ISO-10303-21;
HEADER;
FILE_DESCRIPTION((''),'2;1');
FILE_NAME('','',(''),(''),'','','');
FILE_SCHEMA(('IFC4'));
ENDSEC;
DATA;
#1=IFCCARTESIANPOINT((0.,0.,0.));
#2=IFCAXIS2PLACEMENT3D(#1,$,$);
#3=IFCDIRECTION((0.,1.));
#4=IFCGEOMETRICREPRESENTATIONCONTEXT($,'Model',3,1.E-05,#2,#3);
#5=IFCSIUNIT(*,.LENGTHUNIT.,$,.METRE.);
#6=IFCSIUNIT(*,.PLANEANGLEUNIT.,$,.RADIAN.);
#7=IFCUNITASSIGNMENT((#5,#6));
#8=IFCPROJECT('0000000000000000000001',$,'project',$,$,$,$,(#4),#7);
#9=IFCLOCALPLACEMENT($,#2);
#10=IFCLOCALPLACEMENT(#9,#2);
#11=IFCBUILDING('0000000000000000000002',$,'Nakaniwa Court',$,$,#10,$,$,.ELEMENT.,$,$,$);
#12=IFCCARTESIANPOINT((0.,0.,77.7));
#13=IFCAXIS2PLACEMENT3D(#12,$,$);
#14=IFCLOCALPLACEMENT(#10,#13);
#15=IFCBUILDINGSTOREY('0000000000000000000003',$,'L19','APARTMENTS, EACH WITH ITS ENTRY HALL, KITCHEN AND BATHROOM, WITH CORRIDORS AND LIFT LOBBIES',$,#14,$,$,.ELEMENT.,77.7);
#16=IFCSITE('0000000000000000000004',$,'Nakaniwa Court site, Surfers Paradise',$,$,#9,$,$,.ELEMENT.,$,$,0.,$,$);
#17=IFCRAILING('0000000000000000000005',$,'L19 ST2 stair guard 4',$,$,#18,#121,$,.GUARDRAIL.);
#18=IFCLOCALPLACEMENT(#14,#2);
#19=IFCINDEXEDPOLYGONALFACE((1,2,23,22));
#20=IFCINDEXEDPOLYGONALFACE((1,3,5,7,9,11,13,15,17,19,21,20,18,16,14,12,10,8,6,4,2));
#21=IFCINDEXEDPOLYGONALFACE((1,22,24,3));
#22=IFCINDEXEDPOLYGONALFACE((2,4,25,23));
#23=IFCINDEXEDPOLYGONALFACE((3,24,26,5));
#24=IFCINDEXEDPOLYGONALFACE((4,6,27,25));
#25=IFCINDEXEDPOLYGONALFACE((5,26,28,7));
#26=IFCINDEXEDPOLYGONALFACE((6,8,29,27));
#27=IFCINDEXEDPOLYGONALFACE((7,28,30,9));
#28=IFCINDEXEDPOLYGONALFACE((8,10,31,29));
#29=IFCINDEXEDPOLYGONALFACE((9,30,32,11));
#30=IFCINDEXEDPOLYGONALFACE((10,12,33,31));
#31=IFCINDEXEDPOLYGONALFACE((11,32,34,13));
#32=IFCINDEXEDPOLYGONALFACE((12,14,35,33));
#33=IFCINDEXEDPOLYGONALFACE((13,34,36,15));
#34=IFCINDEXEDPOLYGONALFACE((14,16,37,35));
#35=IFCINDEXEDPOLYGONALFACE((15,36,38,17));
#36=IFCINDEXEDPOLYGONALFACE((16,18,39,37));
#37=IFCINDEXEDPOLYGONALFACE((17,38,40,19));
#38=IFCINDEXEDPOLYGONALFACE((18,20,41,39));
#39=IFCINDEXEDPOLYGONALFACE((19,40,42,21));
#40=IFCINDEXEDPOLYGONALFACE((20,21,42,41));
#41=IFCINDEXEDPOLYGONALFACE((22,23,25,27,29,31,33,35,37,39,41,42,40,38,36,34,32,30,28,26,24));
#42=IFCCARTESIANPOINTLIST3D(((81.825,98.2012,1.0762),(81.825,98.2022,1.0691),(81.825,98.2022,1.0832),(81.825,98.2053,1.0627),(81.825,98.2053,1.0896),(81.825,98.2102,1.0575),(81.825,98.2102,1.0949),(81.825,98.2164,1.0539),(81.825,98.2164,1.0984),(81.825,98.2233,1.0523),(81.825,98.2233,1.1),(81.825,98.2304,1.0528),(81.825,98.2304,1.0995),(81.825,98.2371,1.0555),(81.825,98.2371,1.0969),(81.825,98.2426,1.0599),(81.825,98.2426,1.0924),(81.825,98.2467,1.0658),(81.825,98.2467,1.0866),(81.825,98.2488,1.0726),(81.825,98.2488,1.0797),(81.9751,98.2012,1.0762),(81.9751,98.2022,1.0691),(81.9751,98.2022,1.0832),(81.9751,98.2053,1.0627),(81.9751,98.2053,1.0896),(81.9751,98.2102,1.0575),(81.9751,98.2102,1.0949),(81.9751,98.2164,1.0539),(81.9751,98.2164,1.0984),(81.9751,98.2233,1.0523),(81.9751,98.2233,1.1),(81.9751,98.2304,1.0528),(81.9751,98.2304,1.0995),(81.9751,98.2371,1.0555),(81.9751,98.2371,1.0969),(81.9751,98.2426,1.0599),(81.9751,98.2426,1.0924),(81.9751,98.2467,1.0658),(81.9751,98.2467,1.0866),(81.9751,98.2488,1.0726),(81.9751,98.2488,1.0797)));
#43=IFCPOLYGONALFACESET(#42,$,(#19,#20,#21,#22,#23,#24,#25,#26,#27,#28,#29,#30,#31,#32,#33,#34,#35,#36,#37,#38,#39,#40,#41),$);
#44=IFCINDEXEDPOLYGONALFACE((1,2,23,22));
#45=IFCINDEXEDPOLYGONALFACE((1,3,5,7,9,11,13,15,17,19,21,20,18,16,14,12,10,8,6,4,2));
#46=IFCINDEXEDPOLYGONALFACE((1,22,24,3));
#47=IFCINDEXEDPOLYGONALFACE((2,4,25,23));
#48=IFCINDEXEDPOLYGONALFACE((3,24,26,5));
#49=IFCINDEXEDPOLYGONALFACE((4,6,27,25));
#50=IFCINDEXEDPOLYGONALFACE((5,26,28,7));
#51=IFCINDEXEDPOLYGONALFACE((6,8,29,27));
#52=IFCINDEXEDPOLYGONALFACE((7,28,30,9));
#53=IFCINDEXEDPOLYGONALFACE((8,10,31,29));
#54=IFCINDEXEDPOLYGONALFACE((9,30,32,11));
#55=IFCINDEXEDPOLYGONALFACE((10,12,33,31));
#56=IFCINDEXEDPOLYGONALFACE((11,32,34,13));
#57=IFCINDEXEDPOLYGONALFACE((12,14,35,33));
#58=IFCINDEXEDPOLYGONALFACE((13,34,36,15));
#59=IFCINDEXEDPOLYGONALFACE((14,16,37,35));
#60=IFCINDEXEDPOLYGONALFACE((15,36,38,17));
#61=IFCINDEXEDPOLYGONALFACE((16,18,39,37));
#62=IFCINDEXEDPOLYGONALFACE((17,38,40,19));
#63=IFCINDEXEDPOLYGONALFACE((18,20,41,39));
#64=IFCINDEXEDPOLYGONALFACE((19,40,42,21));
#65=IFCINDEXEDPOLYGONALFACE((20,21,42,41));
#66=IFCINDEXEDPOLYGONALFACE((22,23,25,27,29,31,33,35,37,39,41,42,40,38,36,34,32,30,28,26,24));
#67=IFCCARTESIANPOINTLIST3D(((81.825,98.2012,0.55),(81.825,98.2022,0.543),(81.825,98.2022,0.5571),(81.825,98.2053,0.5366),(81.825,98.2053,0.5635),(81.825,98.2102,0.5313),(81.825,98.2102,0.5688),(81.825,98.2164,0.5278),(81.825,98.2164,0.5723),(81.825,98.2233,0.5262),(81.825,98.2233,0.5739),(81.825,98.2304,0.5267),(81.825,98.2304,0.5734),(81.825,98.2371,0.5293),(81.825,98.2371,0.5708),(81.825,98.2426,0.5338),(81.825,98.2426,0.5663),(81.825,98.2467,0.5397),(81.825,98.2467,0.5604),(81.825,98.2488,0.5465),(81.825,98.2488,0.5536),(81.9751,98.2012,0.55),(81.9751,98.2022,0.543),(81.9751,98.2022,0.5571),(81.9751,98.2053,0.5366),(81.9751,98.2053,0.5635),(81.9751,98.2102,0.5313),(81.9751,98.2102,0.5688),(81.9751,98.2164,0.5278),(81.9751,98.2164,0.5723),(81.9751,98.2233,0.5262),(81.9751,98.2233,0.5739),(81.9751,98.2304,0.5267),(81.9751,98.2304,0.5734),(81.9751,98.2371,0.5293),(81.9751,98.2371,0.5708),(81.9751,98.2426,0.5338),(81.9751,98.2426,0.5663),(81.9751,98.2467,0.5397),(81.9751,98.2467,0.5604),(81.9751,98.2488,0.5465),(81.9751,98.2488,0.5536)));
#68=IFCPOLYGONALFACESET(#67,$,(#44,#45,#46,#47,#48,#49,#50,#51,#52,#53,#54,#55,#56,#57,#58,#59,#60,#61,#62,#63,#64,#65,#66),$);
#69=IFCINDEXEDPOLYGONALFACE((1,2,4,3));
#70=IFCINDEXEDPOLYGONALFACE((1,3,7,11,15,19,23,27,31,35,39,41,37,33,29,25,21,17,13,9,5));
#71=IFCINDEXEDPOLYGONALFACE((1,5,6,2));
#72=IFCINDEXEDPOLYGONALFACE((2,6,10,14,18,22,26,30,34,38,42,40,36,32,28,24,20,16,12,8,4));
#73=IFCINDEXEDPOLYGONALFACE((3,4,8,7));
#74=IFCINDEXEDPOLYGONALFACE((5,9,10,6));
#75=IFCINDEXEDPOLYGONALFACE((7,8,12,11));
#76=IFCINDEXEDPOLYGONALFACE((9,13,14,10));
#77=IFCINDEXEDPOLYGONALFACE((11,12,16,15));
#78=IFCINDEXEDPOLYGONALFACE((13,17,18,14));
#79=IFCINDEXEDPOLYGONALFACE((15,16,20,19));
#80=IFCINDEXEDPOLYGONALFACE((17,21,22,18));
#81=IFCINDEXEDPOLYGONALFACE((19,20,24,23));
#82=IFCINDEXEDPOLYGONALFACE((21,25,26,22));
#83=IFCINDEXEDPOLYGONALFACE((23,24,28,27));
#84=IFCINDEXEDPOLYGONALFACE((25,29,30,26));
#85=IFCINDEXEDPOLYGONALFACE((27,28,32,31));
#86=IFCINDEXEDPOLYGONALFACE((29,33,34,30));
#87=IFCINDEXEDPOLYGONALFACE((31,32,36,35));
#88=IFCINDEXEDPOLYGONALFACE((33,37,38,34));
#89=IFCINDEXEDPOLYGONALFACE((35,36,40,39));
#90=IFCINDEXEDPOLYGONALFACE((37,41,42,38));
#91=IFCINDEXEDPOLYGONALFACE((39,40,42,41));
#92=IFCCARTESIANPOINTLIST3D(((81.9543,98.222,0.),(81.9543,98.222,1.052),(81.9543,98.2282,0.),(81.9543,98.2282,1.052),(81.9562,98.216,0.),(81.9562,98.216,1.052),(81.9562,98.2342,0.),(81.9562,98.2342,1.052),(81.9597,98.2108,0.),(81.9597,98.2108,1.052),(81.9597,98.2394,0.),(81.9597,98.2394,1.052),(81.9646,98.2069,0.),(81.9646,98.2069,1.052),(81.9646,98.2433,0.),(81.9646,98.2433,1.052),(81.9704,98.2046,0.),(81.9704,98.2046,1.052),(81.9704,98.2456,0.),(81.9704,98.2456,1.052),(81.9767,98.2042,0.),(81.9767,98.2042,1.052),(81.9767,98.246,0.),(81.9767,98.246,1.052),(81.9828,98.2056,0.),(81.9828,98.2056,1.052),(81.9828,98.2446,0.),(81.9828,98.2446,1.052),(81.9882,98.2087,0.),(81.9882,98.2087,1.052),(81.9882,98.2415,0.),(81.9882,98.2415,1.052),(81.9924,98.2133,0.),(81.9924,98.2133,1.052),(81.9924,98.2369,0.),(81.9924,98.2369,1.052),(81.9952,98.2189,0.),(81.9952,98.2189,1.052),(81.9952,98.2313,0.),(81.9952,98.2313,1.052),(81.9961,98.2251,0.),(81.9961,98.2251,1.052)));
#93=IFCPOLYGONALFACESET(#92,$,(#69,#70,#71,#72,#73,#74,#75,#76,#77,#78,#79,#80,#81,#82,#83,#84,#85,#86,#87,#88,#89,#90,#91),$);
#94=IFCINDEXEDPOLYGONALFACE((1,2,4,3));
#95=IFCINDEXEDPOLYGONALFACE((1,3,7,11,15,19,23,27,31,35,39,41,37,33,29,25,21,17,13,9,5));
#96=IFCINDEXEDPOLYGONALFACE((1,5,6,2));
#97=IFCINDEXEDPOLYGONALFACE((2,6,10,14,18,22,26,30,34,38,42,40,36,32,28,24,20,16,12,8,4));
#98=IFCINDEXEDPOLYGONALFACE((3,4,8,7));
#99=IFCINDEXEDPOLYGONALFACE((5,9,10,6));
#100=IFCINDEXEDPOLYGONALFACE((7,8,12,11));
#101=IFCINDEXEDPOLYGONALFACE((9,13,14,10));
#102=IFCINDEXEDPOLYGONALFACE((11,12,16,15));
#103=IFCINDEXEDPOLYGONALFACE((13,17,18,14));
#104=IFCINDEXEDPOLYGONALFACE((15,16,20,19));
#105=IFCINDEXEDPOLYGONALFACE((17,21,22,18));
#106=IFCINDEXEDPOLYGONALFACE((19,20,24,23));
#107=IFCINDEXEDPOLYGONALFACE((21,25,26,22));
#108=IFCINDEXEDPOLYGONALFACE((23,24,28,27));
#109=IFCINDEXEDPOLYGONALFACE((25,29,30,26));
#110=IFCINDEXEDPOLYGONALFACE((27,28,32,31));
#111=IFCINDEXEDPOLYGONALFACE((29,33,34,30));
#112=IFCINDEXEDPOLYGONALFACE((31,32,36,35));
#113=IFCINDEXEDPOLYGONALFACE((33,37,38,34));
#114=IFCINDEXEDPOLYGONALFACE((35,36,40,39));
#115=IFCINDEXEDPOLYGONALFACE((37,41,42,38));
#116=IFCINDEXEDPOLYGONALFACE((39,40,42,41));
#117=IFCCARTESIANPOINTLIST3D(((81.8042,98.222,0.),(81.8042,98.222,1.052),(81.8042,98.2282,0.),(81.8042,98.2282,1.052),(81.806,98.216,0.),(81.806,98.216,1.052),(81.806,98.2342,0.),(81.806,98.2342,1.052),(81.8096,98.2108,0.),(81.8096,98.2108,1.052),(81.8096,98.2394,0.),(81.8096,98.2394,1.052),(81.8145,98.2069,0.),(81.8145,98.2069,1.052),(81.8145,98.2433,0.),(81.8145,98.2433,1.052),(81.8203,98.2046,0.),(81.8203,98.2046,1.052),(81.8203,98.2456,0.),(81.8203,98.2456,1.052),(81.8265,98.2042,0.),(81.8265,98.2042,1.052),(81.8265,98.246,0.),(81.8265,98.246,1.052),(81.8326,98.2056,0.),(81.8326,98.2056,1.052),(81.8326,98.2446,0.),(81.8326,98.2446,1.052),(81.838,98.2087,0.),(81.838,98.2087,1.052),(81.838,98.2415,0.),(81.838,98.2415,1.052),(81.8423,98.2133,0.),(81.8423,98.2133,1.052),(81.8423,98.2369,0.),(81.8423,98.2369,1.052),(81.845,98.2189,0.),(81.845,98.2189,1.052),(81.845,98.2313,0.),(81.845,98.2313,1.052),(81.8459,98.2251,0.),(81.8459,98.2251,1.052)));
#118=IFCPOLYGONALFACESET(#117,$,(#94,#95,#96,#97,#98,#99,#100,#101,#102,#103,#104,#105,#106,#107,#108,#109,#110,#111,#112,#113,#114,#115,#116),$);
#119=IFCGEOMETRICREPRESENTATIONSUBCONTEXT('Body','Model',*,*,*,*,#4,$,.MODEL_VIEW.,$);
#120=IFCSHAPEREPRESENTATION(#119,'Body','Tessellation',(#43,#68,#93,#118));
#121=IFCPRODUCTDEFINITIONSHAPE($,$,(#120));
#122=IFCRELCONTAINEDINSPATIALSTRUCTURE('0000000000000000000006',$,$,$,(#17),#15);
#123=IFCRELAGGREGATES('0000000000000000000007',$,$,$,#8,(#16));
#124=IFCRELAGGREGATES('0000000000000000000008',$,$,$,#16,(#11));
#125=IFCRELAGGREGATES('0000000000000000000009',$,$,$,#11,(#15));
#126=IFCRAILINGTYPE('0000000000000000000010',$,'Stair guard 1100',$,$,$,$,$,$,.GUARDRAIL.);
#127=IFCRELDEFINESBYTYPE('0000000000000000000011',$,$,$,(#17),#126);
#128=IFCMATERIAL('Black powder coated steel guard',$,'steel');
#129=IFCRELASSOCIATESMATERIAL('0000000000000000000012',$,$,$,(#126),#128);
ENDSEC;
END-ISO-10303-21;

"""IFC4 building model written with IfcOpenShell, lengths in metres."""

from ifc_helpers import new_model, si_unit, direction, frame, origin, origin_2d, place, context, subcontext, project, spatial, circle, extrude, material, type_object, element, save


model = new_model("IFC4")

# Units and contexts
model_context = context("Model", 3, precision=1e-05, world=origin(), true_north=direction((0.0, 1.0)))
body_context = subcontext(model_context, "Body", "Model", "MODEL_VIEW")
ifc_project = project(units=[si_unit("LENGTHUNIT", "METRE"), si_unit("PLANEANGLEUNIT", "RADIAN")], contexts=[model_context])

# Site, building, storey
site_placement = place(None, origin())
site = spatial("IfcSite", under=ifc_project, at=site_placement, Name="Nakaniwa Court site, Surfers Paradise", CompositionType="ELEMENT", RefElevation=0.0)
building_placement = place(site_placement, origin())
building = spatial("IfcBuilding", under=site, at=building_placement, Name="Nakaniwa Court", CompositionType="ELEMENT")
storey_placement = place(building_placement, frame((0.0, 0.0, 77.7)))
storey = spatial("IfcBuildingStorey", under=building, at=storey_placement, Name="L19", Description="APARTMENTS, EACH WITH ITS ENTRY HALL, KITCHEN AND BATHROOM, WITH CORRIDORS AND LIFT LOBBIES", CompositionType="ELEMENT", Elevation=77.7)

# Railing
ifc_material_1 = material(Name="Black powder coated steel guard", Category="steel")
railing_type_1 = type_object("IfcRailingType", Name="Stair guard 1100", PredefinedType="GUARDRAIL", material=ifc_material_1)
railing_1_placement = place(storey_placement, frame((81.9751, 98.2251, 0.0)))
element("IfcRailing", 1, at=railing_1_placement, inside=storey, type_object=railing_type_1, Name="L19 ST2 stair guard 4", PredefinedType="GUARDRAIL", context=body_context, shape_type="SweptSolid", body=[
    extrude(circle(Radius=0.0239, at=origin_2d()), frame((0.0, 0.0, 1.0762), z_axis=(-1.0, 0.0, 0.0), x_axis=(0.0, -1.0, 0.0)), (0.0, 0.0, 1.0), 0.1501),
    extrude(circle(Radius=0.0239, at=origin_2d()), frame((0.0, 0.0, 0.55), z_axis=(-1.0, 0.0, 0.0), x_axis=(0.0, -1.0, 0.0)), (0.0, 0.0, 1.0), 0.1501),
    extrude(circle(Radius=0.021, at=origin_2d()), origin(), (0.0, 0.0, 1.0), 1.052),
    extrude(circle(Radius=0.021, at=origin_2d()), frame((-0.1501, 0.0, 0.0)), (0.0, 0.0, 1.0), 1.052),
])

save(model, "model.ifc")
